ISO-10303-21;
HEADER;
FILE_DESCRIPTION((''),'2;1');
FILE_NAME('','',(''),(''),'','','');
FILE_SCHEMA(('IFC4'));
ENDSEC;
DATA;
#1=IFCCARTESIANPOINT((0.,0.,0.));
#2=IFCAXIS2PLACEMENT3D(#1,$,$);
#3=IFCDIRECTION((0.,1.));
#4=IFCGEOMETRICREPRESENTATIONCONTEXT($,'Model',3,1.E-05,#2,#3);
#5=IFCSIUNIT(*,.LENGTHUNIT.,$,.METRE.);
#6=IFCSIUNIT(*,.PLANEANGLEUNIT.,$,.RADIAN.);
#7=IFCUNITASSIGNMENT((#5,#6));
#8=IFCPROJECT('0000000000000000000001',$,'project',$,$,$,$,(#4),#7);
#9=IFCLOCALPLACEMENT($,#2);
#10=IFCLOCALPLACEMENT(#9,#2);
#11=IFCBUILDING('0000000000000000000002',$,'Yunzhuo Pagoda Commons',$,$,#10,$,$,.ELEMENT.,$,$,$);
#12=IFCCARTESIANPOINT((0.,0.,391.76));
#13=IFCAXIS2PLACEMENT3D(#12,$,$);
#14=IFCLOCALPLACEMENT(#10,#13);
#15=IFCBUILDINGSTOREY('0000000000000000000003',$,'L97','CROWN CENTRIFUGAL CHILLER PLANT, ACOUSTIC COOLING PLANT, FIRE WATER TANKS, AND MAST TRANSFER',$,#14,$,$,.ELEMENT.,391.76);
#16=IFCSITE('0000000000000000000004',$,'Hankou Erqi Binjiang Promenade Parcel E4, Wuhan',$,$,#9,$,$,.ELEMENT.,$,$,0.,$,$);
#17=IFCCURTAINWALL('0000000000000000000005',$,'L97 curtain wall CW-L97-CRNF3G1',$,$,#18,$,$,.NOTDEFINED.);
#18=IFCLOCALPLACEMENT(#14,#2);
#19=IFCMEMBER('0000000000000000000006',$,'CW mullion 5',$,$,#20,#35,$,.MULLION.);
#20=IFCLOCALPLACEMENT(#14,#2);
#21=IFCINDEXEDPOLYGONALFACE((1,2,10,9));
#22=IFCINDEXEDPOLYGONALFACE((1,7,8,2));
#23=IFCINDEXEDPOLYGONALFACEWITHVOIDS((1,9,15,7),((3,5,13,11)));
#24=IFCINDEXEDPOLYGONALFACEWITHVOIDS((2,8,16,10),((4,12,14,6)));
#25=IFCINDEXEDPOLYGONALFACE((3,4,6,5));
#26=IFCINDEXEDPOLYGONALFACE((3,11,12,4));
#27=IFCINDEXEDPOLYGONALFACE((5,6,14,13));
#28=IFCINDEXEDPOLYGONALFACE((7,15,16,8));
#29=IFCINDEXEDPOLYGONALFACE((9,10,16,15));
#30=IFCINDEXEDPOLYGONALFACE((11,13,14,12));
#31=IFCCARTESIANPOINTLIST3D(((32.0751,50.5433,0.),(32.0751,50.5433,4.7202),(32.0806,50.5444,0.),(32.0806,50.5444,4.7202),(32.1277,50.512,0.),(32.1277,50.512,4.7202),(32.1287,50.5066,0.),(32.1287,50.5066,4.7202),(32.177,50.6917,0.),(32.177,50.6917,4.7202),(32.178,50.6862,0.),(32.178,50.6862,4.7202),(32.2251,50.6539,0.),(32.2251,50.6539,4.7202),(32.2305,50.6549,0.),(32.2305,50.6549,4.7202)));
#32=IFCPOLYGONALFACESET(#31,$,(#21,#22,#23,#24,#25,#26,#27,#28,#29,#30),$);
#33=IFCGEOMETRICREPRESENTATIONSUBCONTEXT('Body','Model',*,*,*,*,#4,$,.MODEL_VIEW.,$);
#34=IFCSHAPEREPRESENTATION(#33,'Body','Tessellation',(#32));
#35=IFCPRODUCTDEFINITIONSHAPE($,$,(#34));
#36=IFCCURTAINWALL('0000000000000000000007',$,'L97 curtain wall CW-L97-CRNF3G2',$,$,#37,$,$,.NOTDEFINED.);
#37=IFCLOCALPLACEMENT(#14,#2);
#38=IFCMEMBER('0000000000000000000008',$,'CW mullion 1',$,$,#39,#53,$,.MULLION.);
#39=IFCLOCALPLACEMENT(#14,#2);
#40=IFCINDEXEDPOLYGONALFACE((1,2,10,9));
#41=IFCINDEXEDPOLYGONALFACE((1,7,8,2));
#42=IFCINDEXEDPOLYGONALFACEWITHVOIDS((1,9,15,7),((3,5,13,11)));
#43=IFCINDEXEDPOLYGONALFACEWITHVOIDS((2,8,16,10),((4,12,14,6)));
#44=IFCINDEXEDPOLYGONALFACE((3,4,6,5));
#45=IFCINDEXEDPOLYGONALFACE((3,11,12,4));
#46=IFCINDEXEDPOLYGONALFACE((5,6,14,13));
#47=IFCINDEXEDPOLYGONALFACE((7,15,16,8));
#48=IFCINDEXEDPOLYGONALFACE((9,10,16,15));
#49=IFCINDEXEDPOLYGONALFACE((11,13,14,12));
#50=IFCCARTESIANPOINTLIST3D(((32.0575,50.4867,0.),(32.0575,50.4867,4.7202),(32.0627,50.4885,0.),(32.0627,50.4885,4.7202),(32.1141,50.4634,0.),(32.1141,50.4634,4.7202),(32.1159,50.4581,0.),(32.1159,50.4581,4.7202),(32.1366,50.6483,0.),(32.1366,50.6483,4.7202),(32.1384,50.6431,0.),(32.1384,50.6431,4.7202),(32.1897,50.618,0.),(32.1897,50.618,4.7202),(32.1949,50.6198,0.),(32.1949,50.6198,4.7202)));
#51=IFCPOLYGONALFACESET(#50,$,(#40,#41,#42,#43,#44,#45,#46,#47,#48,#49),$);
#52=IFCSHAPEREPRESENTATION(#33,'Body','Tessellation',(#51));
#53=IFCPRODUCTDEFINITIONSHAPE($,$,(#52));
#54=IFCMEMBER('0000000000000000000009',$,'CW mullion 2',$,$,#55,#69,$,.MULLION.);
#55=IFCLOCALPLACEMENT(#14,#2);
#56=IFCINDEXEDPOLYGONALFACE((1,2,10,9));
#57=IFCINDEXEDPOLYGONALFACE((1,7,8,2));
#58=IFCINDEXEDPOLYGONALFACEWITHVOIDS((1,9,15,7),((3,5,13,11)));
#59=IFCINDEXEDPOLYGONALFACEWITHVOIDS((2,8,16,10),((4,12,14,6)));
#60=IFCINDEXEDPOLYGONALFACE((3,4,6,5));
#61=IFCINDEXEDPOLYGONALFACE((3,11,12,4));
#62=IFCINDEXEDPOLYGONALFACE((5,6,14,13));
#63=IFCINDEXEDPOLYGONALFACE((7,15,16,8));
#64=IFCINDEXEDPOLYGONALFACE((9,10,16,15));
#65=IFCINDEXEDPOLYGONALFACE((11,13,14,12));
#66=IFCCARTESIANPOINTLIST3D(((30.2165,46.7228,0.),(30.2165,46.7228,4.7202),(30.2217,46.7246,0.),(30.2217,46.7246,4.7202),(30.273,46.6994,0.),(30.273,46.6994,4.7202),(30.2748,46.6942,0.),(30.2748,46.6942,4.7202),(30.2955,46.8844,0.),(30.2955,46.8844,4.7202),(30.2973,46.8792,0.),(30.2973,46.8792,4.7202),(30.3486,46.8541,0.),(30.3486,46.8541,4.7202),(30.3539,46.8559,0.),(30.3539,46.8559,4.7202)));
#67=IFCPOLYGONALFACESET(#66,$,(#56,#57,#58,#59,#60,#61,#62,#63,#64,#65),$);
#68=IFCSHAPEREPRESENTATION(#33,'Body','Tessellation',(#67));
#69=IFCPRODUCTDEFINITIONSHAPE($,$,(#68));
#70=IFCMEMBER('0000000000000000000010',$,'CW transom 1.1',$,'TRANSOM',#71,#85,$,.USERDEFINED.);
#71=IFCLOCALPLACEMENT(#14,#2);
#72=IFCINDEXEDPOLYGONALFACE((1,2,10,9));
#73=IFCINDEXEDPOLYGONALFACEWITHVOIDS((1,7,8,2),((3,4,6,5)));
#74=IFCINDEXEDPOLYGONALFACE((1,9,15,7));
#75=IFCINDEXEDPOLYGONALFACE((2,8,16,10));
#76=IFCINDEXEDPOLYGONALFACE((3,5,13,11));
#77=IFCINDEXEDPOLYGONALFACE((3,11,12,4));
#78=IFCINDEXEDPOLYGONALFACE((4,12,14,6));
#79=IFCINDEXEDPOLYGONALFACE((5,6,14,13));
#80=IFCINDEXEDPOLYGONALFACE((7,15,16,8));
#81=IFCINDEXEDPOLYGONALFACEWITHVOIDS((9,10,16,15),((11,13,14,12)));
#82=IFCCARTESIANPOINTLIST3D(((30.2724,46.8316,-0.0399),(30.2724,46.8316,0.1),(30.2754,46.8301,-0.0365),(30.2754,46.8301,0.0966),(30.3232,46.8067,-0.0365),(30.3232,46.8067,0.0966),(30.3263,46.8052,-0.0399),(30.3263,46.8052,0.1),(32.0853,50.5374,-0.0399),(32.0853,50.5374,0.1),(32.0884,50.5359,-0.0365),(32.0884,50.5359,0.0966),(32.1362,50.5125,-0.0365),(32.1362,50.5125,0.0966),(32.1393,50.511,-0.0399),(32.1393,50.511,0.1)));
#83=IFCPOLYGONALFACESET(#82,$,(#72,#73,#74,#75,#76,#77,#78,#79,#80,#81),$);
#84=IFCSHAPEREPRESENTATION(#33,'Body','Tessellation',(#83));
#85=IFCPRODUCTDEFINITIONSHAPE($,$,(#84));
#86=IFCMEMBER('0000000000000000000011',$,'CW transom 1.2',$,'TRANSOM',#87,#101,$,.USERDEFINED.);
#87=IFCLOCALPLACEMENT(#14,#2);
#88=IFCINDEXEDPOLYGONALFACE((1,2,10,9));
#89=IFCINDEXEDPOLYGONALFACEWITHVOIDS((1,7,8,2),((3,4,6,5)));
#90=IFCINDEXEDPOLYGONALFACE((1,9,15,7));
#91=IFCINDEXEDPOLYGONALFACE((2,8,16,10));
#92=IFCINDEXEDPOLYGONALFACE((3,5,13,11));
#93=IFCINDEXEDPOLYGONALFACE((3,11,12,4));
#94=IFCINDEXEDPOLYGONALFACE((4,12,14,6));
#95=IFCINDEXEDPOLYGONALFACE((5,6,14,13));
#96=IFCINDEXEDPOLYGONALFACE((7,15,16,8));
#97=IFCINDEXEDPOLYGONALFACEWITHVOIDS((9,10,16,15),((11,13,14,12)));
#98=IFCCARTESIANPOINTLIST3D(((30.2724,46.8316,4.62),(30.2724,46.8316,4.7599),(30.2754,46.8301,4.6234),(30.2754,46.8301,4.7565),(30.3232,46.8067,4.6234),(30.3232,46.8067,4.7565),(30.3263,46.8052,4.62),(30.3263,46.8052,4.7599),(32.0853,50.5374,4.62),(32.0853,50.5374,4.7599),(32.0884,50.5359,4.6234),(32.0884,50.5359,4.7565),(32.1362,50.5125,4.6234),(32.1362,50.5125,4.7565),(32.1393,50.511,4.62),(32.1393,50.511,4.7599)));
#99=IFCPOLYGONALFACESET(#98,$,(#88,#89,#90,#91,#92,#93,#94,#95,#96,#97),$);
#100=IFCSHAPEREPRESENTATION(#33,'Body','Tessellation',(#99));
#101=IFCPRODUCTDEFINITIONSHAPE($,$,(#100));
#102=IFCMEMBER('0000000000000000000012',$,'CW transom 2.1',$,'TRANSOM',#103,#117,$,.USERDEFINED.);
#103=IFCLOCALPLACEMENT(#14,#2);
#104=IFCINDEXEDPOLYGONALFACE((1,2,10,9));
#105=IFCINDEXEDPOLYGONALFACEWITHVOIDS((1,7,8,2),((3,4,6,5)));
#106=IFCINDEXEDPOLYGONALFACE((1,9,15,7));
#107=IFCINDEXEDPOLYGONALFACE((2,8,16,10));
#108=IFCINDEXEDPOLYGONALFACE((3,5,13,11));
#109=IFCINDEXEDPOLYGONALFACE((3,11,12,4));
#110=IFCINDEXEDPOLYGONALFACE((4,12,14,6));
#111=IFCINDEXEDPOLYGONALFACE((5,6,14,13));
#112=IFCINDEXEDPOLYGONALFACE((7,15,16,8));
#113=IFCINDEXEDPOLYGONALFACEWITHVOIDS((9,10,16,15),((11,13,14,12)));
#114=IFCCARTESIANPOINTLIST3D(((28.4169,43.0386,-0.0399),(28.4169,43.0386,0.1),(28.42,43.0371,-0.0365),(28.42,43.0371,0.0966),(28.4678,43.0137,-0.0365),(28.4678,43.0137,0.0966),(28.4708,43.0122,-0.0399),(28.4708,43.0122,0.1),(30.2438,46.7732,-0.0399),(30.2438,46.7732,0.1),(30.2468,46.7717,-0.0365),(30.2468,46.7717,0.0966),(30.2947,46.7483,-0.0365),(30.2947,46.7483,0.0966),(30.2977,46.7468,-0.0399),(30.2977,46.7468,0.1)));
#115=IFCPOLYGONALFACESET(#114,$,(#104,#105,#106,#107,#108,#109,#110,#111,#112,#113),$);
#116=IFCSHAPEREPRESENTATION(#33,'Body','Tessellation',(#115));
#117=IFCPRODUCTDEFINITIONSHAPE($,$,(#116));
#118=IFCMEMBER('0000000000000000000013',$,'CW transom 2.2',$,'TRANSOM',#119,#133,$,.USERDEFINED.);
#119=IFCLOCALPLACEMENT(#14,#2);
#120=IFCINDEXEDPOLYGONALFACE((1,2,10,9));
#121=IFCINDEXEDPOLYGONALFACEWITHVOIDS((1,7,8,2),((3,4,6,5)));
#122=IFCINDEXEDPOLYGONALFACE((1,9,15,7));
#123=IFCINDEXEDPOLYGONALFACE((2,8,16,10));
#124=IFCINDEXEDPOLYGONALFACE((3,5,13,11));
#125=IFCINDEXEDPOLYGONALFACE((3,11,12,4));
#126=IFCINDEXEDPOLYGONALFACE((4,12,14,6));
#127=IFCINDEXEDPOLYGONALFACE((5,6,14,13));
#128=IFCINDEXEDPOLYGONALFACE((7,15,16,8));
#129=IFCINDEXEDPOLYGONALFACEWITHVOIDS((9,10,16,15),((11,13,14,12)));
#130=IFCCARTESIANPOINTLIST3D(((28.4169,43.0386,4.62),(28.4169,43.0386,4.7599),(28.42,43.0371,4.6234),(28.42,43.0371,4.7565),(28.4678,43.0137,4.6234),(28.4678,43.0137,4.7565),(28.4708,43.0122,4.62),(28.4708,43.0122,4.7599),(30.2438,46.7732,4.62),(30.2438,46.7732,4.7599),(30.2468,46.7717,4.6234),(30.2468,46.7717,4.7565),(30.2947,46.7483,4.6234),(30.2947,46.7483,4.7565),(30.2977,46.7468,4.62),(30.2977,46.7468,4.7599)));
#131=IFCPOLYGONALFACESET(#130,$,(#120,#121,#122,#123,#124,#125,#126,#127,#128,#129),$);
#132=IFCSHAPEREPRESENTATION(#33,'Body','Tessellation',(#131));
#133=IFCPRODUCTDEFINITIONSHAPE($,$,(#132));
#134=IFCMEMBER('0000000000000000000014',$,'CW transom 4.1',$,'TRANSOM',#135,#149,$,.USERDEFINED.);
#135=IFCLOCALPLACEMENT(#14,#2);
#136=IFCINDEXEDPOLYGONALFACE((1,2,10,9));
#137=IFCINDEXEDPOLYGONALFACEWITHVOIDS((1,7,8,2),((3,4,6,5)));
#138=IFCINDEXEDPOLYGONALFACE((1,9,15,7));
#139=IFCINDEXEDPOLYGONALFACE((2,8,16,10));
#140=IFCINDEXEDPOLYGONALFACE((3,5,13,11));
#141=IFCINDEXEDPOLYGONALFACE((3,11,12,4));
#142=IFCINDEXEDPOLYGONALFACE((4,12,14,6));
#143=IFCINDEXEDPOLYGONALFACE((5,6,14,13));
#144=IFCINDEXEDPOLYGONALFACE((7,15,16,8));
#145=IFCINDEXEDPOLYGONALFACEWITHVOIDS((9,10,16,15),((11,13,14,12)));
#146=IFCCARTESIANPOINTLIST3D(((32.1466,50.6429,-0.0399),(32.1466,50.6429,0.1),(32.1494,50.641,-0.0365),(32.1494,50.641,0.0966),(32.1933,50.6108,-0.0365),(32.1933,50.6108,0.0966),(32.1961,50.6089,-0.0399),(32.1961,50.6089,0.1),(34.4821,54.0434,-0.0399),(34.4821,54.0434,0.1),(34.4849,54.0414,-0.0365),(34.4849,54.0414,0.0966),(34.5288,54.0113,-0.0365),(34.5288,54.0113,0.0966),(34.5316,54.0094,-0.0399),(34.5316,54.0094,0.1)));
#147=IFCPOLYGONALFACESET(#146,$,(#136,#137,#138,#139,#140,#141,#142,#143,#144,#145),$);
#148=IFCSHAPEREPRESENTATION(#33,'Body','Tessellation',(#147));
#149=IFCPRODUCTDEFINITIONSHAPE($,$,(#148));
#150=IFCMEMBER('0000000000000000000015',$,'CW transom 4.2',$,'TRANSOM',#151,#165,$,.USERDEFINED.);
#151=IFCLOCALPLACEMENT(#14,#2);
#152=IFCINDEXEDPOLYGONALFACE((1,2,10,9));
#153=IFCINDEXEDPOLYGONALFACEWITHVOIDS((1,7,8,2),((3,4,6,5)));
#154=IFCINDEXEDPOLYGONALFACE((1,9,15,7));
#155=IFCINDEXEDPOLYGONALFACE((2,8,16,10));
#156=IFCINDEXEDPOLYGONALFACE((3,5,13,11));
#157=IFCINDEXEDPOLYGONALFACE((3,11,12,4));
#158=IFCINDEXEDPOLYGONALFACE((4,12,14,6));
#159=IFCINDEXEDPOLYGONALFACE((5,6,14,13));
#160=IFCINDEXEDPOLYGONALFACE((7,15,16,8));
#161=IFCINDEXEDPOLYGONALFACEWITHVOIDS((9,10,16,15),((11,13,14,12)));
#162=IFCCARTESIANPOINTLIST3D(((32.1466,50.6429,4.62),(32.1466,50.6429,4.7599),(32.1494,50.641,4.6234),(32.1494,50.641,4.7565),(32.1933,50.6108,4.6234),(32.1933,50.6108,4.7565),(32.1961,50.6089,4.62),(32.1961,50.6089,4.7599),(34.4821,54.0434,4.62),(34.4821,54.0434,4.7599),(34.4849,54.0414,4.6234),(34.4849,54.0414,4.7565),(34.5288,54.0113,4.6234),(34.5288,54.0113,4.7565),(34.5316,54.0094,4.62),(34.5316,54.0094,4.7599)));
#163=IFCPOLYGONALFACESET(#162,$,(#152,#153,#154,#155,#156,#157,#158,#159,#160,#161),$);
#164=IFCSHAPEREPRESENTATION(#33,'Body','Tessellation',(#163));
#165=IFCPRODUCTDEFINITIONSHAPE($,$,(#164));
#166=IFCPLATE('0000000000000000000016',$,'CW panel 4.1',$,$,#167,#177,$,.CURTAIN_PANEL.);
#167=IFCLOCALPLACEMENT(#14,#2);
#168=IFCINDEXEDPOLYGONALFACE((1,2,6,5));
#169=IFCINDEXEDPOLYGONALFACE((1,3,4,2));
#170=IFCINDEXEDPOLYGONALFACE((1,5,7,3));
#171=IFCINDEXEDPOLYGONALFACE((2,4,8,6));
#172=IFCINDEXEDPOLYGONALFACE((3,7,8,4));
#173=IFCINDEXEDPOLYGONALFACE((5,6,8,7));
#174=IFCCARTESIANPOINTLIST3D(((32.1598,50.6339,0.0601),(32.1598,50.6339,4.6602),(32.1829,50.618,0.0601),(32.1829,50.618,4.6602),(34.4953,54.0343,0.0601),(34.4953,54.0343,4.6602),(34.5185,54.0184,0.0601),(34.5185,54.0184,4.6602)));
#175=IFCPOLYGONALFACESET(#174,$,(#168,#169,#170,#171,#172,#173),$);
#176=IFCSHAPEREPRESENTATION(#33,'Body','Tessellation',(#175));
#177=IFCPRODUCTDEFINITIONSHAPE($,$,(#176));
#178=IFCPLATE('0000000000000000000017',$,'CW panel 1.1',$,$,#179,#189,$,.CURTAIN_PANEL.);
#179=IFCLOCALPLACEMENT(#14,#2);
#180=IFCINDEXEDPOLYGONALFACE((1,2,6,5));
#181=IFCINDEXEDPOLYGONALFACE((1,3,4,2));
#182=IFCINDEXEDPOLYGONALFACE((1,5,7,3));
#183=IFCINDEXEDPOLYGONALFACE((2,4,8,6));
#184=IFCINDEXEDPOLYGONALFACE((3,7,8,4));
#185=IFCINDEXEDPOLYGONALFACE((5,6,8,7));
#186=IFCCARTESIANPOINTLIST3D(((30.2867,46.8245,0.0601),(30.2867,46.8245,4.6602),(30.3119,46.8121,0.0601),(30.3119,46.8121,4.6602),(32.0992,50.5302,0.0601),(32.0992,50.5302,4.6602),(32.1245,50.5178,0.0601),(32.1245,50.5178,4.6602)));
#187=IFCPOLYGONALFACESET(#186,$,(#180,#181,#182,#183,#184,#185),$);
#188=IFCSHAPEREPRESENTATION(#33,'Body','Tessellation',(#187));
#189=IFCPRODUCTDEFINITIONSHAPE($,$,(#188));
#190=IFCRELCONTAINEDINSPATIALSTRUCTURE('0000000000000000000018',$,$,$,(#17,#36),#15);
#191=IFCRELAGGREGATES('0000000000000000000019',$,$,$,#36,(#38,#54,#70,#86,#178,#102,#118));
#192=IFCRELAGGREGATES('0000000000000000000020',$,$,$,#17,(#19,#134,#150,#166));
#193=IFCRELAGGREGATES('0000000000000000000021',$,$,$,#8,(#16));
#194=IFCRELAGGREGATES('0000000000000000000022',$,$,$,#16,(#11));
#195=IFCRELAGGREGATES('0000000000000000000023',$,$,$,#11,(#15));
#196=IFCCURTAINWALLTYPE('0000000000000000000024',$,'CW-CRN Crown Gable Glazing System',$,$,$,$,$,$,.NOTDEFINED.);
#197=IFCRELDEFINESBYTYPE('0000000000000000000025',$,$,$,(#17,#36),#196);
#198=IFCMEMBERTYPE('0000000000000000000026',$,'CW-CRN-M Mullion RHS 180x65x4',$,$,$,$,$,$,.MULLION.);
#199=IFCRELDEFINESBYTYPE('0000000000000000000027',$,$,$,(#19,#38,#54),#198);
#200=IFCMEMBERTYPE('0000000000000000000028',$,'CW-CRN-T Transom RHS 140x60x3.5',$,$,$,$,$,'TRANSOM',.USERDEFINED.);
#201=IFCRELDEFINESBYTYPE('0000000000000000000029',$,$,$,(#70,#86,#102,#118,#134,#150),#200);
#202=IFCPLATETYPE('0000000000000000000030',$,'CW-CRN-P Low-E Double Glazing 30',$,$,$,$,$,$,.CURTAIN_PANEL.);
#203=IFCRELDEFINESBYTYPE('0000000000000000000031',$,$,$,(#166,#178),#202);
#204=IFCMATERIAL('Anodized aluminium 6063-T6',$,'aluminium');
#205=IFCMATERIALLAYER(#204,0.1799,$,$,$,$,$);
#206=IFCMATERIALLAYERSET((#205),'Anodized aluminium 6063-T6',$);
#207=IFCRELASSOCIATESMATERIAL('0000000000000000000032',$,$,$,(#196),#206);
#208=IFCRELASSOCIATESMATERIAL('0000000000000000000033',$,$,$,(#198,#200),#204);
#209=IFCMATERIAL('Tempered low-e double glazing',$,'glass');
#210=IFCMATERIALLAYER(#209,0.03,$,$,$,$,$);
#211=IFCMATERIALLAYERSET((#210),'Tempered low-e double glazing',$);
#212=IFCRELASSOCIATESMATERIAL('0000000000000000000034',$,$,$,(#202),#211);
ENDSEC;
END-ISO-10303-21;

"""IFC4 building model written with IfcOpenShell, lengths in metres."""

from ifc_helpers import new_model, si_unit, direction, frame, origin, origin_2d, place, context, subcontext, project, spatial, rectangle, hollow_rectangle, extrude, source, transform, mapped, material, layer, layer_set, material_profile, profile_set, type_object, element, aggregate, save


model = new_model("IFC4")

# Units and contexts
model_context = context("Model", 3, precision=1e-05, world=origin(), true_north=direction((0.0, 1.0)))
body_context = subcontext(model_context, "Body", "Model", "MODEL_VIEW")
ifc_project = project(units=[si_unit("LENGTHUNIT", "METRE"), si_unit("PLANEANGLEUNIT", "RADIAN")], contexts=[model_context])

# Site, building, storey
site_placement = place(None, origin())
site = spatial("IfcSite", under=ifc_project, at=site_placement, Name="Hankou Erqi Binjiang Promenade Parcel E4, Wuhan", CompositionType="ELEMENT", RefElevation=0.0)
building_placement = place(site_placement, origin())
building = spatial("IfcBuilding", under=site, at=building_placement, Name="Yunzhuo Pagoda Commons", CompositionType="ELEMENT")
storey_placement = place(building_placement, frame((0.0, 0.0, 391.76)))
storey = spatial("IfcBuildingStorey", under=building, at=storey_placement, Name="L97", Description="CROWN CENTRIFUGAL CHILLER PLANT, ACOUSTIC COOLING PLANT, FIRE WATER TANKS, AND MAST TRANSFER", CompositionType="ELEMENT", Elevation=391.76)

# Curtain walls, members
ifc_material_1 = material(Name="Anodized aluminium 6063-T6", Category="aluminium")
ifc_layer_1 = layer(ifc_material_1, 0.1799)
ifc_layer_set_1 = layer_set([ifc_layer_1], Name="Anodized aluminium 6063-T6")
curtain_wall_type = type_object("IfcCurtainWallType", Name="CW-CRN Crown Gable Glazing System", PredefinedType="NOTDEFINED", material=ifc_layer_set_1)
curtain_wall_1_placement = place(storey_placement, origin())
curtain_wall_1 = element("IfcCurtainWall", 1, at=curtain_wall_1_placement, inside=storey, type_object=curtain_wall_type, Name="L97 curtain wall CW-L97-CRNF3G1", PredefinedType="NOTDEFINED")
ifc_material_profile_1 = material_profile(ifc_material_1, hollow_rectangle(XDim=0.0649, YDim=0.1799, WallThickness=0.0039, at=origin_2d()), Name="Anodized aluminium 6063-T6")
ifc_profile_set_1 = profile_set([ifc_material_profile_1], Name="Anodized aluminium 6063-T6")
member_type_1 = type_object("IfcMemberType", Name="CW-CRN-M Mullion RHS 180x65x4", PredefinedType="MULLION", material=ifc_profile_set_1)
shared_shape_1 = source(origin(), body_context, "Body", "SweptSolid", [
    extrude(hollow_rectangle(XDim=0.0649, YDim=0.1799, WallThickness=0.0039, at=origin_2d()), origin(), (0.0, 0.0, 1.0), 4.7202),
])
member_1_placement = place(storey_placement, frame((32.1528, 50.5991, 0.0), z_axis=(0.0, 0.0, 1.0), x_axis=(0.824296, -0.566159, 0.0)))
member_1 = element("IfcMember", 2, at=member_1_placement, type_object=member_type_1, Name="CW mullion 5", PredefinedType="MULLION", context=body_context, shape_type="MappedRepresentation", body=[
    mapped(shared_shape_1, transform((0.0, 0.0, 0.0), scale=1.0)),
])
curtain_wall_2_placement = place(storey_placement, origin())
curtain_wall_2 = element("IfcCurtainWall", 3, at=curtain_wall_2_placement, inside=storey, type_object=curtain_wall_type, Name="L97 curtain wall CW-L97-CRNF3G2", PredefinedType="NOTDEFINED")
member_2_placement = place(storey_placement, frame((32.1262, 50.5532, 0.0), z_axis=(0.0, 0.0, 1.0), x_axis=(0.898299, -0.439384, 0.0)))
member_2 = element("IfcMember", 4, at=member_2_placement, type_object=member_type_1, Name="CW mullion 1", PredefinedType="MULLION", context=body_context, shape_type="MappedRepresentation", body=[
    mapped(shared_shape_1, transform((0.0, 0.0, 0.0), scale=1.0)),
])
member_3_placement = place(storey_placement, frame((30.2852, 46.7893, 0.0), z_axis=(0.0, 0.0, 1.0), x_axis=(0.898299, -0.439384, 0.0)))
member_3 = element("IfcMember", 5, at=member_3_placement, type_object=member_type_1, Name="CW mullion 2", PredefinedType="MULLION", context=body_context, shape_type="MappedRepresentation", body=[
    mapped(shared_shape_1, transform((0.0, 0.0, 0.0), scale=1.0)),
])
ifc_material_profile_2 = material_profile(ifc_material_1, hollow_rectangle(XDim=0.0601, YDim=0.1399, WallThickness=0.0034, at=origin_2d()), Name="Anodized aluminium 6063-T6")
ifc_profile_set_2 = profile_set([ifc_material_profile_2], Name="Anodized aluminium 6063-T6")
member_type_2 = type_object("IfcMemberType", Name="CW-CRN-T Transom RHS 140x60x3.5", ElementType="TRANSOM", PredefinedType="USERDEFINED", material=ifc_profile_set_2)
shared_shape_2 = source(origin(), body_context, "Body", "SweptSolid", [
    extrude(hollow_rectangle(XDim=0.0601, YDim=0.1399, WallThickness=0.0034, at=origin_2d()), origin(), (0.0, 0.0, 1.0), 4.1255),
])
member_4_placement = place(storey_placement, frame((32.1123, 50.5242, 0.03), z_axis=(-0.439456, -0.898264, 0.0), x_axis=(0.898264, -0.439456, 0.0)))
member_4 = element("IfcMember", 6, at=member_4_placement, type_object=member_type_2, Name="CW transom 1.1", ObjectType="TRANSOM", PredefinedType="USERDEFINED", context=body_context, shape_type="MappedRepresentation", body=[
    mapped(shared_shape_2, transform((0.0, 0.0, 0.0), scale=1.0)),
])
member_5_placement = place(storey_placement, frame((32.1123, 50.5242, 4.6899), z_axis=(-0.439456, -0.898264, 0.0), x_axis=(0.898264, -0.439456, 0.0)))
member_5 = element("IfcMember", 7, at=member_5_placement, type_object=member_type_2, Name="CW transom 1.2", ObjectType="TRANSOM", PredefinedType="USERDEFINED", context=body_context, shape_type="MappedRepresentation", body=[
    mapped(shared_shape_2, transform((0.0, 0.0, 0.0), scale=1.0)),
])
shared_shape_3 = source(origin(), body_context, "Body", "SweptSolid", [
    extrude(hollow_rectangle(XDim=0.0601, YDim=0.1399, WallThickness=0.0034, at=origin_2d()), origin(), (0.0, 0.0, 1.0), 4.1575),
])
member_6_placement = place(storey_placement, frame((30.2708, 46.76, 0.03), z_axis=(-0.439422, -0.898281, 0.0), x_axis=(0.898281, -0.439422, 0.0)))
member_6 = element("IfcMember", 8, at=member_6_placement, type_object=member_type_2, Name="CW transom 2.1", ObjectType="TRANSOM", PredefinedType="USERDEFINED", context=body_context, shape_type="MappedRepresentation", body=[
    mapped(shared_shape_3, transform((0.0, 0.0, 0.0), scale=1.0)),
])
member_7_placement = place(storey_placement, frame((30.2708, 46.76, 4.6899), z_axis=(-0.439422, -0.898281, 0.0), x_axis=(0.898281, -0.439422, 0.0)))
member_7 = element("IfcMember", 9, at=member_7_placement, type_object=member_type_2, Name="CW transom 2.2", ObjectType="TRANSOM", PredefinedType="USERDEFINED", context=body_context, shape_type="MappedRepresentation", body=[
    mapped(shared_shape_3, transform((0.0, 0.0, 0.0), scale=1.0)),
])

# Members
shared_shape_4 = source(origin(), body_context, "Body", "SweptSolid", [
    extrude(hollow_rectangle(XDim=0.0601, YDim=0.1399, WallThickness=0.0034, at=origin_2d()), origin(), (0.0, 0.0, 1.0), 4.1252),
])
member_8_placement = place(storey_placement, frame((34.5068, 54.0264, 0.03), z_axis=(-0.566147, -0.824304, 0.0), x_axis=(0.824304, -0.566147, 0.0)))
member_8 = element("IfcMember", 10, at=member_8_placement, type_object=member_type_2, Name="CW transom 4.1", ObjectType="TRANSOM", PredefinedType="USERDEFINED", context=body_context, shape_type="MappedRepresentation", body=[
    mapped(shared_shape_4, transform((0.0, 0.0, 0.0), scale=1.0)),
])
member_9_placement = place(storey_placement, frame((34.5068, 54.0264, 4.6899), z_axis=(-0.566147, -0.824304, 0.0), x_axis=(0.824304, -0.566147, 0.0)))
member_9 = element("IfcMember", 11, at=member_9_placement, type_object=member_type_2, Name="CW transom 4.2", ObjectType="TRANSOM", PredefinedType="USERDEFINED", context=body_context, shape_type="MappedRepresentation", body=[
    mapped(shared_shape_4, transform((0.0, 0.0, 0.0), scale=1.0)),
])

# Plates
ifc_material_2 = material(Name="Tempered low-e double glazing", Category="glass")
ifc_layer_2 = layer(ifc_material_2, 0.03)
ifc_layer_set_2 = layer_set([ifc_layer_2], Name="Tempered low-e double glazing")
plate_type = type_object("IfcPlateType", Name="CW-CRN-P Low-E Double Glazing 30", PredefinedType="CURTAIN_PANEL", material=ifc_layer_set_2)
shared_shape_5 = source(origin(), body_context, "Body", "SweptSolid", [
    extrude(rectangle(XDim=4.1252, YDim=0.0281, at=origin_2d()), origin(), (0.0, 0.0, 1.0), 4.6001),
])
plate_1_placement = place(storey_placement, frame((33.3391, 52.3262, 0.0601), z_axis=(0.0, 0.0, 1.0), x_axis=(-0.566159, -0.824296, 0.0)))
plate_1 = element("IfcPlate", 12, at=plate_1_placement, type_object=plate_type, Name="CW panel 4.1", PredefinedType="CURTAIN_PANEL", context=body_context, shape_type="MappedRepresentation", body=[
    mapped(shared_shape_5, transform((0.0, 0.0, 0.0), scale=1.0)),
])
plate_2_placement = place(storey_placement, frame((31.2056, 48.6711, 0.0601), z_axis=(0.0, 0.0, 1.0), x_axis=(-0.439384, -0.898299, 0.0)))
plate_2 = element("IfcPlate", 13, at=plate_2_placement, type_object=plate_type, Name="CW panel 1.1", PredefinedType="CURTAIN_PANEL", context=body_context, shape_type="MappedRepresentation", body=[
    mapped(shared_shape_5, transform((0.0, 0.0, 0.0), scale=1.0)),
])
aggregate(curtain_wall_2, [member_2, member_3, member_4, member_5, plate_2, member_6, member_7])
aggregate(curtain_wall_1, [member_1, member_8, member_9, plate_1])

save(model, "model.ifc")
